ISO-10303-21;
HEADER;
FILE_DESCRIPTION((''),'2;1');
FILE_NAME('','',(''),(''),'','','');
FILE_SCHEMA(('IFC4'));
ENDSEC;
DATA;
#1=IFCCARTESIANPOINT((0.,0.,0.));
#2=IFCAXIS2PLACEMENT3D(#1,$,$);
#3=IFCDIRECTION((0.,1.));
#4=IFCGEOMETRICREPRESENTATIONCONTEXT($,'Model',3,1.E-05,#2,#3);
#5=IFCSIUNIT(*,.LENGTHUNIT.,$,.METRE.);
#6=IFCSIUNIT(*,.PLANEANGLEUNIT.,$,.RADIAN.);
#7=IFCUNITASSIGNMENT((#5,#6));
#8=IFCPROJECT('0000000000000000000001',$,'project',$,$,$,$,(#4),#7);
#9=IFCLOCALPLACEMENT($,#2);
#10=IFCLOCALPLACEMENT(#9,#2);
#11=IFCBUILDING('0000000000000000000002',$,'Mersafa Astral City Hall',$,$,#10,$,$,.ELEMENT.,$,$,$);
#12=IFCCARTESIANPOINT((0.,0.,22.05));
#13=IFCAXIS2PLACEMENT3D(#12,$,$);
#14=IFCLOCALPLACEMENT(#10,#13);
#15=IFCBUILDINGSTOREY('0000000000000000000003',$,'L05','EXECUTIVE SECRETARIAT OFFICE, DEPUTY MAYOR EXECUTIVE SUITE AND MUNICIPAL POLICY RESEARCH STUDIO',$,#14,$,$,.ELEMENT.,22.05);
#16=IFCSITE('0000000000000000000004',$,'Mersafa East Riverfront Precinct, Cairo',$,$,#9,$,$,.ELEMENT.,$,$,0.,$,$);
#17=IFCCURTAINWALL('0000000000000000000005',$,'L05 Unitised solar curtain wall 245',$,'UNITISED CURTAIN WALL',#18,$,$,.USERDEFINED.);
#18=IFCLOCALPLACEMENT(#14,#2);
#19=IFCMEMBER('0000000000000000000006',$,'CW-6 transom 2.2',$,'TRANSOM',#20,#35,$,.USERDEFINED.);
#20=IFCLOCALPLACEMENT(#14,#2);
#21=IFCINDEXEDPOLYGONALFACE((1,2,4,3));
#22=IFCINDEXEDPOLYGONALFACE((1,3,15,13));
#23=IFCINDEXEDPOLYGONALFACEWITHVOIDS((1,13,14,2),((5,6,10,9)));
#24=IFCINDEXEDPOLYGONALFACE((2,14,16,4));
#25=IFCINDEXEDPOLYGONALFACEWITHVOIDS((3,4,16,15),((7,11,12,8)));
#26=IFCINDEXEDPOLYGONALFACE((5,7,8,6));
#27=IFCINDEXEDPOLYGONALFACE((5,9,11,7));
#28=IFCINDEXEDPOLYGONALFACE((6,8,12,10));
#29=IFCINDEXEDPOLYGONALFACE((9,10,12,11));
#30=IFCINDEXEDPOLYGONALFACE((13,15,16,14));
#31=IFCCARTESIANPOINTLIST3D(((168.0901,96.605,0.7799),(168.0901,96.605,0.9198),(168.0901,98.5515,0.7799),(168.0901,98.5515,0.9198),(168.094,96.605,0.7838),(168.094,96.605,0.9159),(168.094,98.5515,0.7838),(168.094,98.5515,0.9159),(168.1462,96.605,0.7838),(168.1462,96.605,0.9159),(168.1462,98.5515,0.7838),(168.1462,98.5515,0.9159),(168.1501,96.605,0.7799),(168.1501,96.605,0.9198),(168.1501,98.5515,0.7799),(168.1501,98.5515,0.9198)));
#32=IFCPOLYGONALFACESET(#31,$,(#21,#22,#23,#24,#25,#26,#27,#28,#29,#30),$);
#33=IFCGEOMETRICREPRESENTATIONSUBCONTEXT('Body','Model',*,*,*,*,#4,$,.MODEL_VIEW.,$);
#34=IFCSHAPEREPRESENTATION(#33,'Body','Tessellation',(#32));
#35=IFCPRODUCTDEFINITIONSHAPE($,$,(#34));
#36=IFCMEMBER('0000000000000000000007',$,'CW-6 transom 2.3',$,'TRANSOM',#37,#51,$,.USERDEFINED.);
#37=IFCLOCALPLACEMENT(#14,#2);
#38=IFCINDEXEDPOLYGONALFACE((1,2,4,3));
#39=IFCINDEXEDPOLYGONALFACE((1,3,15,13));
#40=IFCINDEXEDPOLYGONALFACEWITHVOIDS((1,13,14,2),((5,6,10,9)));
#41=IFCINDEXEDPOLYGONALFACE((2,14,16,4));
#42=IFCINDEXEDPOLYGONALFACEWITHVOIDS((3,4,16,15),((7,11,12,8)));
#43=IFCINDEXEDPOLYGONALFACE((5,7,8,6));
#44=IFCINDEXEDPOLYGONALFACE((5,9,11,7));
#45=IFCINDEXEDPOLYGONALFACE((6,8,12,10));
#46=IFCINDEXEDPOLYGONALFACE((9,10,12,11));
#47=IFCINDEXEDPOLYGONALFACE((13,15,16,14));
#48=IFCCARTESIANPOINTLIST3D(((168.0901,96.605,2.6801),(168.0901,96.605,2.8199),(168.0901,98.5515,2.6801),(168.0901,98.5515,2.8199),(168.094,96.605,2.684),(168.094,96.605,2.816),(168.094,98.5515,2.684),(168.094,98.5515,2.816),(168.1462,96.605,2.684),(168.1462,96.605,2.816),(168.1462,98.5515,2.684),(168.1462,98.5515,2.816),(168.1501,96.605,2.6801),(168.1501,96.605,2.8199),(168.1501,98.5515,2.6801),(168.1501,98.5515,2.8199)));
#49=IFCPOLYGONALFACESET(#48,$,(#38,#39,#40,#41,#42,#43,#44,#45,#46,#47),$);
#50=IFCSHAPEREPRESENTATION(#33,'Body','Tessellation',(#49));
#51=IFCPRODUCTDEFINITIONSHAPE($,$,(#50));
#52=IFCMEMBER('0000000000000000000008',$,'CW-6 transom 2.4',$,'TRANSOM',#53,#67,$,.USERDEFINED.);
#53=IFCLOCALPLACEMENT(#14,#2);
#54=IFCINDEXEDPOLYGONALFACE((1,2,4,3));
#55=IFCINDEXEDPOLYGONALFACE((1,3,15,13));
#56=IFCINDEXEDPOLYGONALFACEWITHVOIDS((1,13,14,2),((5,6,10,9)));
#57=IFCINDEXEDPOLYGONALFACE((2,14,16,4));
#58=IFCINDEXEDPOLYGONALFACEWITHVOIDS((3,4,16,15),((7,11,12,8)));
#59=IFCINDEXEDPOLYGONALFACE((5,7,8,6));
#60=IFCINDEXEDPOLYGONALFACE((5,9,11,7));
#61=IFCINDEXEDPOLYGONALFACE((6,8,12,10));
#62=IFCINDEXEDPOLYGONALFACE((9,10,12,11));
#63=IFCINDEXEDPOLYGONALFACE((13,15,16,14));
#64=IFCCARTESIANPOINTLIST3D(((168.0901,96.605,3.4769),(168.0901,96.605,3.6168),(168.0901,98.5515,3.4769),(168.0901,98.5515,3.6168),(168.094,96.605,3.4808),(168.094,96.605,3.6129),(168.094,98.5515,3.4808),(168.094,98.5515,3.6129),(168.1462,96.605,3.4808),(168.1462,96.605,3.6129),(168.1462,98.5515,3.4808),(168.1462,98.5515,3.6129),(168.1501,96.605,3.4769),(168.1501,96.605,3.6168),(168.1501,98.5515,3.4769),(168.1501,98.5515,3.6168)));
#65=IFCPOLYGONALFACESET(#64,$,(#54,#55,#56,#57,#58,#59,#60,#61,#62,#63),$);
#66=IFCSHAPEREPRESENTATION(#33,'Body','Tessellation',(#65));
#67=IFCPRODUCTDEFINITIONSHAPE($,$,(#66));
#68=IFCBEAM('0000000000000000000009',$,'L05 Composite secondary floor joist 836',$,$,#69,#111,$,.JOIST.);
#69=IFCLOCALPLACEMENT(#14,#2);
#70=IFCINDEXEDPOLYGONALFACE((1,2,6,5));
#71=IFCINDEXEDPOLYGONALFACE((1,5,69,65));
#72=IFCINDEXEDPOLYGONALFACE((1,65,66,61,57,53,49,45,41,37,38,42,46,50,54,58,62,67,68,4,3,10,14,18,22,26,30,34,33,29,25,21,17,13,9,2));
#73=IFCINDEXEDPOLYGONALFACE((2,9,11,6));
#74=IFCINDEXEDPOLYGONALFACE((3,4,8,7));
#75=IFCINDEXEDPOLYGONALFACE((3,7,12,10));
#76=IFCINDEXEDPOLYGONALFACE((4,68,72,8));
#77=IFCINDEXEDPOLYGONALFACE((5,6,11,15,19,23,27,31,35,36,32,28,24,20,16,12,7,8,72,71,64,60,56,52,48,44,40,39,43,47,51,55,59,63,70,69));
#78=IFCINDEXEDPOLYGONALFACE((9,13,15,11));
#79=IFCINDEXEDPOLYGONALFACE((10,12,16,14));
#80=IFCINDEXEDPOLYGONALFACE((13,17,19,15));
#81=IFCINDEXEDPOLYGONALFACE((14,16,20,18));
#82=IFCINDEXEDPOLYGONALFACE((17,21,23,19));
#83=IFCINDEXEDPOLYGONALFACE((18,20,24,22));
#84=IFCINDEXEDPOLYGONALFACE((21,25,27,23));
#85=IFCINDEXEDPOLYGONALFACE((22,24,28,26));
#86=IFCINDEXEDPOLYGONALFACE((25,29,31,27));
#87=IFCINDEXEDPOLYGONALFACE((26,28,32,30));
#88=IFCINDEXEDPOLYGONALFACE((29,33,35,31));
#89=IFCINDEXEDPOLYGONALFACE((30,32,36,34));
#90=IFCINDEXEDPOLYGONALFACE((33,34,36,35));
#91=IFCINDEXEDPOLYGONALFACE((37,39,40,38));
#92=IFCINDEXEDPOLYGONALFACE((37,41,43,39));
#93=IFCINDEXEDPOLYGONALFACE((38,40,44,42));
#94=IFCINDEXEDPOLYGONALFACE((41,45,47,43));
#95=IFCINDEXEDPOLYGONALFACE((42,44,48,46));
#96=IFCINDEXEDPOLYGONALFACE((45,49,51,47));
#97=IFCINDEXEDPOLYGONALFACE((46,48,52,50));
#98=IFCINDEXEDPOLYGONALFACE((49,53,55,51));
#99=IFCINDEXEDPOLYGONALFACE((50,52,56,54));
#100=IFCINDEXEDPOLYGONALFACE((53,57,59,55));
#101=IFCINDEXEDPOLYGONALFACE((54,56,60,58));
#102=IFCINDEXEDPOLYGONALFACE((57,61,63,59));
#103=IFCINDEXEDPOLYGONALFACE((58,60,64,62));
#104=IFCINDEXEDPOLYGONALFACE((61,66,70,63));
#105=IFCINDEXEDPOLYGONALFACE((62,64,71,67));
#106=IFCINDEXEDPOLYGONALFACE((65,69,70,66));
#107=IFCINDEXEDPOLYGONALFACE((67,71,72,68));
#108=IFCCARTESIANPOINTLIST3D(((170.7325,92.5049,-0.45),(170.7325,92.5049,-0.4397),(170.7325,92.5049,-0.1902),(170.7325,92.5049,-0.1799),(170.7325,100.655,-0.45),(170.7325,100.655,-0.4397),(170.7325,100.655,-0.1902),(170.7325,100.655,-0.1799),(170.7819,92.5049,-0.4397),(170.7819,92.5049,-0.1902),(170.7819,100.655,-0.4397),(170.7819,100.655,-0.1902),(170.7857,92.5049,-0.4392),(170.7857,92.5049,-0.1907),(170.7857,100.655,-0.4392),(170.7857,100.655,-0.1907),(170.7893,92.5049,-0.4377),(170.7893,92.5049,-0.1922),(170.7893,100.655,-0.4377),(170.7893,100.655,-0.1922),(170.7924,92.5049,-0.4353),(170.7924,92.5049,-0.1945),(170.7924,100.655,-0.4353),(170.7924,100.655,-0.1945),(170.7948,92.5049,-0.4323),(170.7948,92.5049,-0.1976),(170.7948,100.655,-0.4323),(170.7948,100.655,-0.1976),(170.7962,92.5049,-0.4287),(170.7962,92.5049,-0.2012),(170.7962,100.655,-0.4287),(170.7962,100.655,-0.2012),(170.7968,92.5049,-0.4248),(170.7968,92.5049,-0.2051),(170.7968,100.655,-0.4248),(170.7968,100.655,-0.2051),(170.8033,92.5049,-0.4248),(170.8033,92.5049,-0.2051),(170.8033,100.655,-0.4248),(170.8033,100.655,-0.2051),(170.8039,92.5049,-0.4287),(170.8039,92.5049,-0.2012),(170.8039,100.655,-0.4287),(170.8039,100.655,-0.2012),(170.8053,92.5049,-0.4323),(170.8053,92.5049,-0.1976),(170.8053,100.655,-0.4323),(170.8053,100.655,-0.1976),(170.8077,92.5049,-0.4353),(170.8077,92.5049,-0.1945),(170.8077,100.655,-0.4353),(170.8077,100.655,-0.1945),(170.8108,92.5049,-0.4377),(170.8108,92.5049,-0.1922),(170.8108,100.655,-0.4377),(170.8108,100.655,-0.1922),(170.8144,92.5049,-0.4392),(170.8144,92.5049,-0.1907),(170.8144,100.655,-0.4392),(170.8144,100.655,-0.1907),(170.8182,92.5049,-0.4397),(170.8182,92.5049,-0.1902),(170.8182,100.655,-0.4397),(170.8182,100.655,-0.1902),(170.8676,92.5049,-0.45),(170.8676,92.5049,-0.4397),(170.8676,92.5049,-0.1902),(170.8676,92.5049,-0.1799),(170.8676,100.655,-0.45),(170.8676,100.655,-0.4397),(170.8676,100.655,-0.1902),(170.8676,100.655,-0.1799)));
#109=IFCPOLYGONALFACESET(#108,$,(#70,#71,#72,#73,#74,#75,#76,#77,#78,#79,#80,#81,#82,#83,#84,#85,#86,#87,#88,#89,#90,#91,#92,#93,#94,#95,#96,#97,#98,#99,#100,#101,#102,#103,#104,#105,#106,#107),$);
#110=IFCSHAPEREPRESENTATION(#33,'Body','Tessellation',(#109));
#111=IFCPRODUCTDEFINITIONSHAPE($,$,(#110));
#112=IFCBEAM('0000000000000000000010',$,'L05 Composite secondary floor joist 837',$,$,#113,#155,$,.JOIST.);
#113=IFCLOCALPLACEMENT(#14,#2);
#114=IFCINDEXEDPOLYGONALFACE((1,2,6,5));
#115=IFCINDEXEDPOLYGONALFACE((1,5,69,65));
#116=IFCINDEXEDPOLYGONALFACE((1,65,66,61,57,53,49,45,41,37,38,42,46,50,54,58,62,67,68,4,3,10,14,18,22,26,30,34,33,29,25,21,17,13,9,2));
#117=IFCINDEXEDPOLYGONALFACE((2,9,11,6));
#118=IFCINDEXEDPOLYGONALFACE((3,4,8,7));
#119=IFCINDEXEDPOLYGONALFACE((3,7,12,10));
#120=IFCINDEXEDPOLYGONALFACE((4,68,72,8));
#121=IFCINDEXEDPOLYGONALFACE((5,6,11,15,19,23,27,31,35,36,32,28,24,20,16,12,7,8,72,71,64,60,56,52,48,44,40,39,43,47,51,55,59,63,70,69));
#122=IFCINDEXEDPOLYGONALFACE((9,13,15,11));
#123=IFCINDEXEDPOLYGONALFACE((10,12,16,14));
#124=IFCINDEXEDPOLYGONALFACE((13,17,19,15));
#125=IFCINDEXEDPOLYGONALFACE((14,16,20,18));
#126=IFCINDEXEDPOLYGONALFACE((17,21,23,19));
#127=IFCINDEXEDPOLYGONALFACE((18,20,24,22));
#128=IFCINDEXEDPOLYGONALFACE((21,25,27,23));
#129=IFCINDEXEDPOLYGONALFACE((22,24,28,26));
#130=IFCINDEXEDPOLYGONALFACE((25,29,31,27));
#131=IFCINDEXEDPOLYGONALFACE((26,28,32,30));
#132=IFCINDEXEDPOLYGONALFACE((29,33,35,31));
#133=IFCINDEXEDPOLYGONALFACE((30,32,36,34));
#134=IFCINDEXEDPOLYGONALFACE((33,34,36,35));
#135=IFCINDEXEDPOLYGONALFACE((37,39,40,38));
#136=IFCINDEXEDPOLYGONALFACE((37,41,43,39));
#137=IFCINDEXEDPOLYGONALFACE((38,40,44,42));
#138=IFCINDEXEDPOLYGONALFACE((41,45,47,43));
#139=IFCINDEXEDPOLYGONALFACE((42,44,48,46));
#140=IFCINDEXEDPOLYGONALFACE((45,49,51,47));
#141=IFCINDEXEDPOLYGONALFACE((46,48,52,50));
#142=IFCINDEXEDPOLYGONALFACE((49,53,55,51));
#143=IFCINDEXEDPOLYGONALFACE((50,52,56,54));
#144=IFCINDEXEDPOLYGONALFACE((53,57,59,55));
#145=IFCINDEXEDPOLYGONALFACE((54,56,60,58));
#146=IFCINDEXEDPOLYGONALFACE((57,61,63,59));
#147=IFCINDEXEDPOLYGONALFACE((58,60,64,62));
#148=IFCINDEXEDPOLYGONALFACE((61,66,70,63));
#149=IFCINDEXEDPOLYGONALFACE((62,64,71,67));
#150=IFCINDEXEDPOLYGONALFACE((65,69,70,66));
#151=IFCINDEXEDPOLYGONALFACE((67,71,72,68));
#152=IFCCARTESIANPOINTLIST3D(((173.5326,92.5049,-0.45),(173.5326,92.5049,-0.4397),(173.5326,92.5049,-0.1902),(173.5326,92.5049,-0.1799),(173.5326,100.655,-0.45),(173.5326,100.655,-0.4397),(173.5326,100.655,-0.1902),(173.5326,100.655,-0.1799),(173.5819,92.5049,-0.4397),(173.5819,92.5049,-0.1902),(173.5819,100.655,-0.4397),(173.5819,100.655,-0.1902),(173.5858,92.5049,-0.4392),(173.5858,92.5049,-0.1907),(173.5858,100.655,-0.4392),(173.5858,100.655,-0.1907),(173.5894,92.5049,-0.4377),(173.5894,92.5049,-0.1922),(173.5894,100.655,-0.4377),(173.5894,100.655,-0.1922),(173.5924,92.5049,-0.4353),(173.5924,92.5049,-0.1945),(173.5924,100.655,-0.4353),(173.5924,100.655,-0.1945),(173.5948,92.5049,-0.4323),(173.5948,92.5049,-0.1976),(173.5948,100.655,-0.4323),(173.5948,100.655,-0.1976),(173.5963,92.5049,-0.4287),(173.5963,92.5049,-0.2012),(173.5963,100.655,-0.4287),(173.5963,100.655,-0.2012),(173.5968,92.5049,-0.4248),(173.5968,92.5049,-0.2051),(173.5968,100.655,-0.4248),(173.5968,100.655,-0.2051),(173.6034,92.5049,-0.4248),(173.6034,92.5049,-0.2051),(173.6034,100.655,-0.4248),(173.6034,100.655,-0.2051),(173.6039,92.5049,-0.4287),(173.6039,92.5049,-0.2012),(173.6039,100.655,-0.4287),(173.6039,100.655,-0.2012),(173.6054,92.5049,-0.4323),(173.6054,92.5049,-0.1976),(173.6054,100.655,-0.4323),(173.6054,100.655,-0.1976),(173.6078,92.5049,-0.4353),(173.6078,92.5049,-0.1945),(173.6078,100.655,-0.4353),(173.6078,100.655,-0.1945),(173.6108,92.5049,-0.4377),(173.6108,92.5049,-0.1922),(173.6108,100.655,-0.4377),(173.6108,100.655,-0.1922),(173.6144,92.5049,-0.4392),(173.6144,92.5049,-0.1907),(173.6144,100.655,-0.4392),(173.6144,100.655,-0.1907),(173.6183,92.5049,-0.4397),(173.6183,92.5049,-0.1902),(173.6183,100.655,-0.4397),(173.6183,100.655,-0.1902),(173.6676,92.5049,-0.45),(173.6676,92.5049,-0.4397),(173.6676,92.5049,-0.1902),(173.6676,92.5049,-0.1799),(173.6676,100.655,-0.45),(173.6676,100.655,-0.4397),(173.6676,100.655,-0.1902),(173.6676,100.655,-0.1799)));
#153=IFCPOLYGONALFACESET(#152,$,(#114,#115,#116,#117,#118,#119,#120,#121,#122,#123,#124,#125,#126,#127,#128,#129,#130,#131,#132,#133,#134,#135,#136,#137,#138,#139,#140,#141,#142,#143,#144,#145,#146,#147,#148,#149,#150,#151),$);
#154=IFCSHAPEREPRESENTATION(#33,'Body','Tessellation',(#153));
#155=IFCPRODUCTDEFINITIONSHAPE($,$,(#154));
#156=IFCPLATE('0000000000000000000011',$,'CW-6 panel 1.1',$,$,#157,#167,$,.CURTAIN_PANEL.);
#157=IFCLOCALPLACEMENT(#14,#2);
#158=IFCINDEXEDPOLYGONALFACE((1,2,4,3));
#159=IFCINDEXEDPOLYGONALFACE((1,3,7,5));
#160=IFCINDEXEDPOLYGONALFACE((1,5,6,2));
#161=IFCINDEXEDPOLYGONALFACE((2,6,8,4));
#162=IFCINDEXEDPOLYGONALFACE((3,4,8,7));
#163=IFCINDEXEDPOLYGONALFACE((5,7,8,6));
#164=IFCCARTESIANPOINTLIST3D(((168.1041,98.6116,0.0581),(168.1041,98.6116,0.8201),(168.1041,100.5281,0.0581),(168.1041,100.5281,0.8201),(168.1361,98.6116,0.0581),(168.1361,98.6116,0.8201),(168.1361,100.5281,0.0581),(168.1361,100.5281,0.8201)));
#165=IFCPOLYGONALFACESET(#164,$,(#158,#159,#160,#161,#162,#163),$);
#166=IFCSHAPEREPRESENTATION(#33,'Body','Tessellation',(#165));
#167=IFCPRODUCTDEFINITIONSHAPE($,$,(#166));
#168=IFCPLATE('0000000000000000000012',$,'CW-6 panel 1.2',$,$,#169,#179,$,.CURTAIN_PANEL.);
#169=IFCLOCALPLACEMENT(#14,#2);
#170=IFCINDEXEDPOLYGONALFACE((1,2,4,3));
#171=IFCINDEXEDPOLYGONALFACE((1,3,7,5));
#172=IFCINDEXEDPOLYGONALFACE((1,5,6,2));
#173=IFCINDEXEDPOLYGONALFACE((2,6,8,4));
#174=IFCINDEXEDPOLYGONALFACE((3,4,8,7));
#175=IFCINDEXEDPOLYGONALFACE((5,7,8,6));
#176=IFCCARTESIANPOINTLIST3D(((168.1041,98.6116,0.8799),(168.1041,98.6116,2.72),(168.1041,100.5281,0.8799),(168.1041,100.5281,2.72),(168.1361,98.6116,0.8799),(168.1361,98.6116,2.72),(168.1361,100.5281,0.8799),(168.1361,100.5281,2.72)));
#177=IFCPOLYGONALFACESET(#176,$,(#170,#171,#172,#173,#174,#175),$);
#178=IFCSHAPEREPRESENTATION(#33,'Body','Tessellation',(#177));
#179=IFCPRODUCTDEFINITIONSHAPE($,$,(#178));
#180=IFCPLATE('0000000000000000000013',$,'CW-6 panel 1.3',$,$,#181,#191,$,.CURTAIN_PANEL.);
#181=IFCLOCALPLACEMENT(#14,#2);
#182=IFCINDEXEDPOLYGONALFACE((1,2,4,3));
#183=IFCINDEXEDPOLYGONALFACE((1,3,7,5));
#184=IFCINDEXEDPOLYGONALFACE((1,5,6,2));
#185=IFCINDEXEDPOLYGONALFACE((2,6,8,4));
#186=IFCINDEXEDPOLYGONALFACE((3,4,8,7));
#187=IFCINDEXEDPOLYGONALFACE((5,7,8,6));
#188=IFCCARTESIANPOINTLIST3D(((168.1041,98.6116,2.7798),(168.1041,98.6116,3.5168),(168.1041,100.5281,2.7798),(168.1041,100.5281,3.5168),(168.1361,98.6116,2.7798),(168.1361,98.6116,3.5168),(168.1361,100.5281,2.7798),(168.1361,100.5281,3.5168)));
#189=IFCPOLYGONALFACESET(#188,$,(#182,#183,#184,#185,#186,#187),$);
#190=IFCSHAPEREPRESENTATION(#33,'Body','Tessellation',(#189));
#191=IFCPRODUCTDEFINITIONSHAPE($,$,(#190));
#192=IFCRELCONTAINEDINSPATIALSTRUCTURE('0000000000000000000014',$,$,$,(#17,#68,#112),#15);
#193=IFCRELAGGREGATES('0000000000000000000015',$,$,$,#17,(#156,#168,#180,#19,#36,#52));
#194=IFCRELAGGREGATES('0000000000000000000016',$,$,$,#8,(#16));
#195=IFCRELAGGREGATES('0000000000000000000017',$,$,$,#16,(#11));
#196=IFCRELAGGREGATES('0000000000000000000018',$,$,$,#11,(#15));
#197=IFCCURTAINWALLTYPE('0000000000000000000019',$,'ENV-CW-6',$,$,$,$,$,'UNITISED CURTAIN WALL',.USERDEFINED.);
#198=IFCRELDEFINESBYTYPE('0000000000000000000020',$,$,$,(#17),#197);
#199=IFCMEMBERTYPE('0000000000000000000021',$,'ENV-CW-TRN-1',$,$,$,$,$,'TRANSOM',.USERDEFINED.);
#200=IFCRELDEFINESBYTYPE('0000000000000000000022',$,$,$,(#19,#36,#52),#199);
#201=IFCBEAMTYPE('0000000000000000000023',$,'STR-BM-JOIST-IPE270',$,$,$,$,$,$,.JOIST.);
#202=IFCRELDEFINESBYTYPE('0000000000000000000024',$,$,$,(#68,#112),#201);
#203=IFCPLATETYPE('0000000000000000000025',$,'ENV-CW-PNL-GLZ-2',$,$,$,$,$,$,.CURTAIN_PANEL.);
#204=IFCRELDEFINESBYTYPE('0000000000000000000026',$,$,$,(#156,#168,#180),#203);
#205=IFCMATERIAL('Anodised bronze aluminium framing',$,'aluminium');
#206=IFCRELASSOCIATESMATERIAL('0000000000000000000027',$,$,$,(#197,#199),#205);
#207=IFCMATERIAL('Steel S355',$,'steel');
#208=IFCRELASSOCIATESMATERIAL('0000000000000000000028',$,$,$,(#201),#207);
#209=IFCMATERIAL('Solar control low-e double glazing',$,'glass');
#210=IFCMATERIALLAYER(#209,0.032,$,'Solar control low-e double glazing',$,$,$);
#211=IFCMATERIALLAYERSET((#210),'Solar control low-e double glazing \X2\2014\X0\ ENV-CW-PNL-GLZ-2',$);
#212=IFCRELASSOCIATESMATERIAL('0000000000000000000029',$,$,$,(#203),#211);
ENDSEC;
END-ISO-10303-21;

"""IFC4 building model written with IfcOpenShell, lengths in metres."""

from ifc_helpers import new_model, si_unit, direction, frame, origin, origin_2d, place, context, subcontext, project, spatial, rectangle, hollow_rectangle, i_section, extrude, material, layer, layer_set, material_profile, profile_set, type_object, element, aggregate, save


model = new_model("IFC4")

# Units and contexts
model_context = context("Model", 3, precision=1e-05, world=origin(), true_north=direction((0.0, 1.0)))
body_context = subcontext(model_context, "Body", "Model", "MODEL_VIEW")
ifc_project = project(units=[si_unit("LENGTHUNIT", "METRE"), si_unit("PLANEANGLEUNIT", "RADIAN")], contexts=[model_context])

# Site, building, storey
site_placement = place(None, origin())
site = spatial("IfcSite", under=ifc_project, at=site_placement, Name="Mersafa East Riverfront Precinct, Cairo", CompositionType="ELEMENT", RefElevation=0.0)
building_placement = place(site_placement, origin())
building = spatial("IfcBuilding", under=site, at=building_placement, Name="Mersafa Astral City Hall", CompositionType="ELEMENT")
storey_placement = place(building_placement, frame((0.0, 0.0, 22.05)))
storey = spatial("IfcBuildingStorey", under=building, at=storey_placement, Name="L05", Description="EXECUTIVE SECRETARIAT OFFICE, DEPUTY MAYOR EXECUTIVE SUITE AND MUNICIPAL POLICY RESEARCH STUDIO", CompositionType="ELEMENT", Elevation=22.05)

# Shared definitions
ifc_material_1 = material(Name="Anodised bronze aluminium framing", Category="aluminium")
curtain_wall_type = type_object("IfcCurtainWallType", Name="ENV-CW-6", ElementType="UNITISED CURTAIN WALL", PredefinedType="USERDEFINED", material=ifc_material_1)

# Curtain wall
curtain_wall_1_placement = place(storey_placement, origin())
curtain_wall_1 = element("IfcCurtainWall", 1, at=curtain_wall_1_placement, inside=storey, type_object=curtain_wall_type, Name="L05 Unitised solar curtain wall 245", ObjectType="UNITISED CURTAIN WALL", PredefinedType="USERDEFINED")

# Members
ifc_material_profile_1 = material_profile(ifc_material_1, hollow_rectangle(XDim=0.0601, YDim=0.1399, WallThickness=0.0039, at=origin_2d()), Name="RHS 60x140x4")
ifc_profile_set_1 = profile_set([ifc_material_profile_1], Name="Anodised bronze aluminium framing")
member_type_1 = type_object("IfcMemberType", Name="ENV-CW-TRN-1", ElementType="TRANSOM", PredefinedType="USERDEFINED", material=ifc_profile_set_1)
member_1_placement = place(storey_placement, frame((168.1201, 98.5515, 0.8499), z_axis=(0.0, -1.0, 0.0), x_axis=(1.0, 0.0, 0.0)))
member_1 = element("IfcMember", 2, at=member_1_placement, type_object=member_type_1, Name="CW-6 transom 2.2", ObjectType="TRANSOM", PredefinedType="USERDEFINED", context=body_context, shape_type="SweptSolid", body=[
    extrude(hollow_rectangle(XDim=0.0601, YDim=0.1399, WallThickness=0.0039, at=origin_2d()), origin(), (0.0, 0.0, 1.0), 1.9465),
])
member_2_placement = place(storey_placement, frame((168.1201, 98.5515, 2.75), z_axis=(0.0, -1.0, 0.0), x_axis=(1.0, 0.0, 0.0)))
member_2 = element("IfcMember", 3, at=member_2_placement, type_object=member_type_1, Name="CW-6 transom 2.3", ObjectType="TRANSOM", PredefinedType="USERDEFINED", context=body_context, shape_type="SweptSolid", body=[
    extrude(hollow_rectangle(XDim=0.0601, YDim=0.1399, WallThickness=0.0039, at=origin_2d()), origin(), (0.0, 0.0, 1.0), 1.9465),
])
member_3_placement = place(storey_placement, frame((168.1201, 98.5515, 3.5469), z_axis=(0.0, -1.0, 0.0), x_axis=(1.0, 0.0, 0.0)))
member_3 = element("IfcMember", 4, at=member_3_placement, type_object=member_type_1, Name="CW-6 transom 2.4", ObjectType="TRANSOM", PredefinedType="USERDEFINED", context=body_context, shape_type="SweptSolid", body=[
    extrude(hollow_rectangle(XDim=0.0601, YDim=0.1399, WallThickness=0.0039, at=origin_2d()), origin(), (0.0, 0.0, 1.0), 1.9465),
])

# Beams
ifc_material_2 = material(Name="Steel S355", Category="steel")
ifc_material_profile_2 = material_profile(ifc_material_2, i_section(OverallWidth=0.135, OverallDepth=0.27, WebThickness=0.0066, FlangeThickness=0.0103, FilletRadius=0.0149, at=origin_2d()), Name="IPE 270")
ifc_profile_set_2 = profile_set([ifc_material_profile_2], Name="Steel S355")
beam_type = type_object("IfcBeamType", Name="STR-BM-JOIST-IPE270", PredefinedType="JOIST", material=ifc_profile_set_2)
for number, where, z_axis, x_axis, name in (
    (5, (170.8, 92.5049, -0.3149), (0.0, 1.0, 0.0), (-1.0, 0.0, 0.0), "L05 Composite secondary floor joist 836"),
    (6, (173.6001, 92.5049, -0.3149), (0.0, 1.0, 0.0), (-1.0, 0.0, 0.0), "L05 Composite secondary floor joist 837"),
):
    element("IfcBeam", number, at=place(storey_placement, frame(where, z_axis=z_axis, x_axis=x_axis)), inside=storey, type_object=beam_type, Name=name, PredefinedType="JOIST", context=body_context, shape_type="SweptSolid", body=[
        extrude(i_section(OverallWidth=0.135, OverallDepth=0.27, WebThickness=0.0066, FlangeThickness=0.0103, FilletRadius=0.0149, at=origin_2d()), origin(), (0.0, 0.0, 1.0), 8.1501),
    ])

# Plates
ifc_material_3 = material(Name="Solar control low-e double glazing", Category="glass")
ifc_layer_1 = layer(ifc_material_3, 0.032, Name="Solar control low-e double glazing")
ifc_layer_set_1 = layer_set([ifc_layer_1], Name="Solar control low-e double glazing — ENV-CW-PNL-GLZ-2")
plate_type_1 = type_object("IfcPlateType", Name="ENV-CW-PNL-GLZ-2", PredefinedType="CURTAIN_PANEL", material=ifc_layer_set_1)
plate_1_placement = place(storey_placement, frame((168.1201, 99.5698, 0.0581), z_axis=(0.0, 0.0, 1.0), x_axis=(0.0, -1.0, 0.0)))
plate_1 = element("IfcPlate", 7, at=plate_1_placement, type_object=plate_type_1, Name="CW-6 panel 1.1", PredefinedType="CURTAIN_PANEL", context=body_context, shape_type="SweptSolid", body=[
    extrude(rectangle(XDim=1.9165, YDim=0.032, at=origin_2d()), origin(), (0.0, 0.0, 1.0), 0.762),
])
plate_2_placement = place(storey_placement, frame((168.1201, 99.5698, 0.8799), z_axis=(0.0, 0.0, 1.0), x_axis=(0.0, -1.0, 0.0)))
plate_2 = element("IfcPlate", 8, at=plate_2_placement, type_object=plate_type_1, Name="CW-6 panel 1.2", PredefinedType="CURTAIN_PANEL", context=body_context, shape_type="SweptSolid", body=[
    extrude(rectangle(XDim=1.9165, YDim=0.032, at=origin_2d()), origin(), (0.0, 0.0, 1.0), 1.8401),
])
plate_3_placement = place(storey_placement, frame((168.1201, 99.5698, 2.7798), z_axis=(0.0, 0.0, 1.0), x_axis=(0.0, -1.0, 0.0)))
plate_3 = element("IfcPlate", 9, at=plate_3_placement, type_object=plate_type_1, Name="CW-6 panel 1.3", PredefinedType="CURTAIN_PANEL", context=body_context, shape_type="SweptSolid", body=[
    extrude(rectangle(XDim=1.9165, YDim=0.032, at=origin_2d()), origin(), (0.0, 0.0, 1.0), 0.7371),
])
aggregate(curtain_wall_1, [plate_1, plate_2, plate_3, member_1, member_2, member_3])

save(model, "model.ifc")
